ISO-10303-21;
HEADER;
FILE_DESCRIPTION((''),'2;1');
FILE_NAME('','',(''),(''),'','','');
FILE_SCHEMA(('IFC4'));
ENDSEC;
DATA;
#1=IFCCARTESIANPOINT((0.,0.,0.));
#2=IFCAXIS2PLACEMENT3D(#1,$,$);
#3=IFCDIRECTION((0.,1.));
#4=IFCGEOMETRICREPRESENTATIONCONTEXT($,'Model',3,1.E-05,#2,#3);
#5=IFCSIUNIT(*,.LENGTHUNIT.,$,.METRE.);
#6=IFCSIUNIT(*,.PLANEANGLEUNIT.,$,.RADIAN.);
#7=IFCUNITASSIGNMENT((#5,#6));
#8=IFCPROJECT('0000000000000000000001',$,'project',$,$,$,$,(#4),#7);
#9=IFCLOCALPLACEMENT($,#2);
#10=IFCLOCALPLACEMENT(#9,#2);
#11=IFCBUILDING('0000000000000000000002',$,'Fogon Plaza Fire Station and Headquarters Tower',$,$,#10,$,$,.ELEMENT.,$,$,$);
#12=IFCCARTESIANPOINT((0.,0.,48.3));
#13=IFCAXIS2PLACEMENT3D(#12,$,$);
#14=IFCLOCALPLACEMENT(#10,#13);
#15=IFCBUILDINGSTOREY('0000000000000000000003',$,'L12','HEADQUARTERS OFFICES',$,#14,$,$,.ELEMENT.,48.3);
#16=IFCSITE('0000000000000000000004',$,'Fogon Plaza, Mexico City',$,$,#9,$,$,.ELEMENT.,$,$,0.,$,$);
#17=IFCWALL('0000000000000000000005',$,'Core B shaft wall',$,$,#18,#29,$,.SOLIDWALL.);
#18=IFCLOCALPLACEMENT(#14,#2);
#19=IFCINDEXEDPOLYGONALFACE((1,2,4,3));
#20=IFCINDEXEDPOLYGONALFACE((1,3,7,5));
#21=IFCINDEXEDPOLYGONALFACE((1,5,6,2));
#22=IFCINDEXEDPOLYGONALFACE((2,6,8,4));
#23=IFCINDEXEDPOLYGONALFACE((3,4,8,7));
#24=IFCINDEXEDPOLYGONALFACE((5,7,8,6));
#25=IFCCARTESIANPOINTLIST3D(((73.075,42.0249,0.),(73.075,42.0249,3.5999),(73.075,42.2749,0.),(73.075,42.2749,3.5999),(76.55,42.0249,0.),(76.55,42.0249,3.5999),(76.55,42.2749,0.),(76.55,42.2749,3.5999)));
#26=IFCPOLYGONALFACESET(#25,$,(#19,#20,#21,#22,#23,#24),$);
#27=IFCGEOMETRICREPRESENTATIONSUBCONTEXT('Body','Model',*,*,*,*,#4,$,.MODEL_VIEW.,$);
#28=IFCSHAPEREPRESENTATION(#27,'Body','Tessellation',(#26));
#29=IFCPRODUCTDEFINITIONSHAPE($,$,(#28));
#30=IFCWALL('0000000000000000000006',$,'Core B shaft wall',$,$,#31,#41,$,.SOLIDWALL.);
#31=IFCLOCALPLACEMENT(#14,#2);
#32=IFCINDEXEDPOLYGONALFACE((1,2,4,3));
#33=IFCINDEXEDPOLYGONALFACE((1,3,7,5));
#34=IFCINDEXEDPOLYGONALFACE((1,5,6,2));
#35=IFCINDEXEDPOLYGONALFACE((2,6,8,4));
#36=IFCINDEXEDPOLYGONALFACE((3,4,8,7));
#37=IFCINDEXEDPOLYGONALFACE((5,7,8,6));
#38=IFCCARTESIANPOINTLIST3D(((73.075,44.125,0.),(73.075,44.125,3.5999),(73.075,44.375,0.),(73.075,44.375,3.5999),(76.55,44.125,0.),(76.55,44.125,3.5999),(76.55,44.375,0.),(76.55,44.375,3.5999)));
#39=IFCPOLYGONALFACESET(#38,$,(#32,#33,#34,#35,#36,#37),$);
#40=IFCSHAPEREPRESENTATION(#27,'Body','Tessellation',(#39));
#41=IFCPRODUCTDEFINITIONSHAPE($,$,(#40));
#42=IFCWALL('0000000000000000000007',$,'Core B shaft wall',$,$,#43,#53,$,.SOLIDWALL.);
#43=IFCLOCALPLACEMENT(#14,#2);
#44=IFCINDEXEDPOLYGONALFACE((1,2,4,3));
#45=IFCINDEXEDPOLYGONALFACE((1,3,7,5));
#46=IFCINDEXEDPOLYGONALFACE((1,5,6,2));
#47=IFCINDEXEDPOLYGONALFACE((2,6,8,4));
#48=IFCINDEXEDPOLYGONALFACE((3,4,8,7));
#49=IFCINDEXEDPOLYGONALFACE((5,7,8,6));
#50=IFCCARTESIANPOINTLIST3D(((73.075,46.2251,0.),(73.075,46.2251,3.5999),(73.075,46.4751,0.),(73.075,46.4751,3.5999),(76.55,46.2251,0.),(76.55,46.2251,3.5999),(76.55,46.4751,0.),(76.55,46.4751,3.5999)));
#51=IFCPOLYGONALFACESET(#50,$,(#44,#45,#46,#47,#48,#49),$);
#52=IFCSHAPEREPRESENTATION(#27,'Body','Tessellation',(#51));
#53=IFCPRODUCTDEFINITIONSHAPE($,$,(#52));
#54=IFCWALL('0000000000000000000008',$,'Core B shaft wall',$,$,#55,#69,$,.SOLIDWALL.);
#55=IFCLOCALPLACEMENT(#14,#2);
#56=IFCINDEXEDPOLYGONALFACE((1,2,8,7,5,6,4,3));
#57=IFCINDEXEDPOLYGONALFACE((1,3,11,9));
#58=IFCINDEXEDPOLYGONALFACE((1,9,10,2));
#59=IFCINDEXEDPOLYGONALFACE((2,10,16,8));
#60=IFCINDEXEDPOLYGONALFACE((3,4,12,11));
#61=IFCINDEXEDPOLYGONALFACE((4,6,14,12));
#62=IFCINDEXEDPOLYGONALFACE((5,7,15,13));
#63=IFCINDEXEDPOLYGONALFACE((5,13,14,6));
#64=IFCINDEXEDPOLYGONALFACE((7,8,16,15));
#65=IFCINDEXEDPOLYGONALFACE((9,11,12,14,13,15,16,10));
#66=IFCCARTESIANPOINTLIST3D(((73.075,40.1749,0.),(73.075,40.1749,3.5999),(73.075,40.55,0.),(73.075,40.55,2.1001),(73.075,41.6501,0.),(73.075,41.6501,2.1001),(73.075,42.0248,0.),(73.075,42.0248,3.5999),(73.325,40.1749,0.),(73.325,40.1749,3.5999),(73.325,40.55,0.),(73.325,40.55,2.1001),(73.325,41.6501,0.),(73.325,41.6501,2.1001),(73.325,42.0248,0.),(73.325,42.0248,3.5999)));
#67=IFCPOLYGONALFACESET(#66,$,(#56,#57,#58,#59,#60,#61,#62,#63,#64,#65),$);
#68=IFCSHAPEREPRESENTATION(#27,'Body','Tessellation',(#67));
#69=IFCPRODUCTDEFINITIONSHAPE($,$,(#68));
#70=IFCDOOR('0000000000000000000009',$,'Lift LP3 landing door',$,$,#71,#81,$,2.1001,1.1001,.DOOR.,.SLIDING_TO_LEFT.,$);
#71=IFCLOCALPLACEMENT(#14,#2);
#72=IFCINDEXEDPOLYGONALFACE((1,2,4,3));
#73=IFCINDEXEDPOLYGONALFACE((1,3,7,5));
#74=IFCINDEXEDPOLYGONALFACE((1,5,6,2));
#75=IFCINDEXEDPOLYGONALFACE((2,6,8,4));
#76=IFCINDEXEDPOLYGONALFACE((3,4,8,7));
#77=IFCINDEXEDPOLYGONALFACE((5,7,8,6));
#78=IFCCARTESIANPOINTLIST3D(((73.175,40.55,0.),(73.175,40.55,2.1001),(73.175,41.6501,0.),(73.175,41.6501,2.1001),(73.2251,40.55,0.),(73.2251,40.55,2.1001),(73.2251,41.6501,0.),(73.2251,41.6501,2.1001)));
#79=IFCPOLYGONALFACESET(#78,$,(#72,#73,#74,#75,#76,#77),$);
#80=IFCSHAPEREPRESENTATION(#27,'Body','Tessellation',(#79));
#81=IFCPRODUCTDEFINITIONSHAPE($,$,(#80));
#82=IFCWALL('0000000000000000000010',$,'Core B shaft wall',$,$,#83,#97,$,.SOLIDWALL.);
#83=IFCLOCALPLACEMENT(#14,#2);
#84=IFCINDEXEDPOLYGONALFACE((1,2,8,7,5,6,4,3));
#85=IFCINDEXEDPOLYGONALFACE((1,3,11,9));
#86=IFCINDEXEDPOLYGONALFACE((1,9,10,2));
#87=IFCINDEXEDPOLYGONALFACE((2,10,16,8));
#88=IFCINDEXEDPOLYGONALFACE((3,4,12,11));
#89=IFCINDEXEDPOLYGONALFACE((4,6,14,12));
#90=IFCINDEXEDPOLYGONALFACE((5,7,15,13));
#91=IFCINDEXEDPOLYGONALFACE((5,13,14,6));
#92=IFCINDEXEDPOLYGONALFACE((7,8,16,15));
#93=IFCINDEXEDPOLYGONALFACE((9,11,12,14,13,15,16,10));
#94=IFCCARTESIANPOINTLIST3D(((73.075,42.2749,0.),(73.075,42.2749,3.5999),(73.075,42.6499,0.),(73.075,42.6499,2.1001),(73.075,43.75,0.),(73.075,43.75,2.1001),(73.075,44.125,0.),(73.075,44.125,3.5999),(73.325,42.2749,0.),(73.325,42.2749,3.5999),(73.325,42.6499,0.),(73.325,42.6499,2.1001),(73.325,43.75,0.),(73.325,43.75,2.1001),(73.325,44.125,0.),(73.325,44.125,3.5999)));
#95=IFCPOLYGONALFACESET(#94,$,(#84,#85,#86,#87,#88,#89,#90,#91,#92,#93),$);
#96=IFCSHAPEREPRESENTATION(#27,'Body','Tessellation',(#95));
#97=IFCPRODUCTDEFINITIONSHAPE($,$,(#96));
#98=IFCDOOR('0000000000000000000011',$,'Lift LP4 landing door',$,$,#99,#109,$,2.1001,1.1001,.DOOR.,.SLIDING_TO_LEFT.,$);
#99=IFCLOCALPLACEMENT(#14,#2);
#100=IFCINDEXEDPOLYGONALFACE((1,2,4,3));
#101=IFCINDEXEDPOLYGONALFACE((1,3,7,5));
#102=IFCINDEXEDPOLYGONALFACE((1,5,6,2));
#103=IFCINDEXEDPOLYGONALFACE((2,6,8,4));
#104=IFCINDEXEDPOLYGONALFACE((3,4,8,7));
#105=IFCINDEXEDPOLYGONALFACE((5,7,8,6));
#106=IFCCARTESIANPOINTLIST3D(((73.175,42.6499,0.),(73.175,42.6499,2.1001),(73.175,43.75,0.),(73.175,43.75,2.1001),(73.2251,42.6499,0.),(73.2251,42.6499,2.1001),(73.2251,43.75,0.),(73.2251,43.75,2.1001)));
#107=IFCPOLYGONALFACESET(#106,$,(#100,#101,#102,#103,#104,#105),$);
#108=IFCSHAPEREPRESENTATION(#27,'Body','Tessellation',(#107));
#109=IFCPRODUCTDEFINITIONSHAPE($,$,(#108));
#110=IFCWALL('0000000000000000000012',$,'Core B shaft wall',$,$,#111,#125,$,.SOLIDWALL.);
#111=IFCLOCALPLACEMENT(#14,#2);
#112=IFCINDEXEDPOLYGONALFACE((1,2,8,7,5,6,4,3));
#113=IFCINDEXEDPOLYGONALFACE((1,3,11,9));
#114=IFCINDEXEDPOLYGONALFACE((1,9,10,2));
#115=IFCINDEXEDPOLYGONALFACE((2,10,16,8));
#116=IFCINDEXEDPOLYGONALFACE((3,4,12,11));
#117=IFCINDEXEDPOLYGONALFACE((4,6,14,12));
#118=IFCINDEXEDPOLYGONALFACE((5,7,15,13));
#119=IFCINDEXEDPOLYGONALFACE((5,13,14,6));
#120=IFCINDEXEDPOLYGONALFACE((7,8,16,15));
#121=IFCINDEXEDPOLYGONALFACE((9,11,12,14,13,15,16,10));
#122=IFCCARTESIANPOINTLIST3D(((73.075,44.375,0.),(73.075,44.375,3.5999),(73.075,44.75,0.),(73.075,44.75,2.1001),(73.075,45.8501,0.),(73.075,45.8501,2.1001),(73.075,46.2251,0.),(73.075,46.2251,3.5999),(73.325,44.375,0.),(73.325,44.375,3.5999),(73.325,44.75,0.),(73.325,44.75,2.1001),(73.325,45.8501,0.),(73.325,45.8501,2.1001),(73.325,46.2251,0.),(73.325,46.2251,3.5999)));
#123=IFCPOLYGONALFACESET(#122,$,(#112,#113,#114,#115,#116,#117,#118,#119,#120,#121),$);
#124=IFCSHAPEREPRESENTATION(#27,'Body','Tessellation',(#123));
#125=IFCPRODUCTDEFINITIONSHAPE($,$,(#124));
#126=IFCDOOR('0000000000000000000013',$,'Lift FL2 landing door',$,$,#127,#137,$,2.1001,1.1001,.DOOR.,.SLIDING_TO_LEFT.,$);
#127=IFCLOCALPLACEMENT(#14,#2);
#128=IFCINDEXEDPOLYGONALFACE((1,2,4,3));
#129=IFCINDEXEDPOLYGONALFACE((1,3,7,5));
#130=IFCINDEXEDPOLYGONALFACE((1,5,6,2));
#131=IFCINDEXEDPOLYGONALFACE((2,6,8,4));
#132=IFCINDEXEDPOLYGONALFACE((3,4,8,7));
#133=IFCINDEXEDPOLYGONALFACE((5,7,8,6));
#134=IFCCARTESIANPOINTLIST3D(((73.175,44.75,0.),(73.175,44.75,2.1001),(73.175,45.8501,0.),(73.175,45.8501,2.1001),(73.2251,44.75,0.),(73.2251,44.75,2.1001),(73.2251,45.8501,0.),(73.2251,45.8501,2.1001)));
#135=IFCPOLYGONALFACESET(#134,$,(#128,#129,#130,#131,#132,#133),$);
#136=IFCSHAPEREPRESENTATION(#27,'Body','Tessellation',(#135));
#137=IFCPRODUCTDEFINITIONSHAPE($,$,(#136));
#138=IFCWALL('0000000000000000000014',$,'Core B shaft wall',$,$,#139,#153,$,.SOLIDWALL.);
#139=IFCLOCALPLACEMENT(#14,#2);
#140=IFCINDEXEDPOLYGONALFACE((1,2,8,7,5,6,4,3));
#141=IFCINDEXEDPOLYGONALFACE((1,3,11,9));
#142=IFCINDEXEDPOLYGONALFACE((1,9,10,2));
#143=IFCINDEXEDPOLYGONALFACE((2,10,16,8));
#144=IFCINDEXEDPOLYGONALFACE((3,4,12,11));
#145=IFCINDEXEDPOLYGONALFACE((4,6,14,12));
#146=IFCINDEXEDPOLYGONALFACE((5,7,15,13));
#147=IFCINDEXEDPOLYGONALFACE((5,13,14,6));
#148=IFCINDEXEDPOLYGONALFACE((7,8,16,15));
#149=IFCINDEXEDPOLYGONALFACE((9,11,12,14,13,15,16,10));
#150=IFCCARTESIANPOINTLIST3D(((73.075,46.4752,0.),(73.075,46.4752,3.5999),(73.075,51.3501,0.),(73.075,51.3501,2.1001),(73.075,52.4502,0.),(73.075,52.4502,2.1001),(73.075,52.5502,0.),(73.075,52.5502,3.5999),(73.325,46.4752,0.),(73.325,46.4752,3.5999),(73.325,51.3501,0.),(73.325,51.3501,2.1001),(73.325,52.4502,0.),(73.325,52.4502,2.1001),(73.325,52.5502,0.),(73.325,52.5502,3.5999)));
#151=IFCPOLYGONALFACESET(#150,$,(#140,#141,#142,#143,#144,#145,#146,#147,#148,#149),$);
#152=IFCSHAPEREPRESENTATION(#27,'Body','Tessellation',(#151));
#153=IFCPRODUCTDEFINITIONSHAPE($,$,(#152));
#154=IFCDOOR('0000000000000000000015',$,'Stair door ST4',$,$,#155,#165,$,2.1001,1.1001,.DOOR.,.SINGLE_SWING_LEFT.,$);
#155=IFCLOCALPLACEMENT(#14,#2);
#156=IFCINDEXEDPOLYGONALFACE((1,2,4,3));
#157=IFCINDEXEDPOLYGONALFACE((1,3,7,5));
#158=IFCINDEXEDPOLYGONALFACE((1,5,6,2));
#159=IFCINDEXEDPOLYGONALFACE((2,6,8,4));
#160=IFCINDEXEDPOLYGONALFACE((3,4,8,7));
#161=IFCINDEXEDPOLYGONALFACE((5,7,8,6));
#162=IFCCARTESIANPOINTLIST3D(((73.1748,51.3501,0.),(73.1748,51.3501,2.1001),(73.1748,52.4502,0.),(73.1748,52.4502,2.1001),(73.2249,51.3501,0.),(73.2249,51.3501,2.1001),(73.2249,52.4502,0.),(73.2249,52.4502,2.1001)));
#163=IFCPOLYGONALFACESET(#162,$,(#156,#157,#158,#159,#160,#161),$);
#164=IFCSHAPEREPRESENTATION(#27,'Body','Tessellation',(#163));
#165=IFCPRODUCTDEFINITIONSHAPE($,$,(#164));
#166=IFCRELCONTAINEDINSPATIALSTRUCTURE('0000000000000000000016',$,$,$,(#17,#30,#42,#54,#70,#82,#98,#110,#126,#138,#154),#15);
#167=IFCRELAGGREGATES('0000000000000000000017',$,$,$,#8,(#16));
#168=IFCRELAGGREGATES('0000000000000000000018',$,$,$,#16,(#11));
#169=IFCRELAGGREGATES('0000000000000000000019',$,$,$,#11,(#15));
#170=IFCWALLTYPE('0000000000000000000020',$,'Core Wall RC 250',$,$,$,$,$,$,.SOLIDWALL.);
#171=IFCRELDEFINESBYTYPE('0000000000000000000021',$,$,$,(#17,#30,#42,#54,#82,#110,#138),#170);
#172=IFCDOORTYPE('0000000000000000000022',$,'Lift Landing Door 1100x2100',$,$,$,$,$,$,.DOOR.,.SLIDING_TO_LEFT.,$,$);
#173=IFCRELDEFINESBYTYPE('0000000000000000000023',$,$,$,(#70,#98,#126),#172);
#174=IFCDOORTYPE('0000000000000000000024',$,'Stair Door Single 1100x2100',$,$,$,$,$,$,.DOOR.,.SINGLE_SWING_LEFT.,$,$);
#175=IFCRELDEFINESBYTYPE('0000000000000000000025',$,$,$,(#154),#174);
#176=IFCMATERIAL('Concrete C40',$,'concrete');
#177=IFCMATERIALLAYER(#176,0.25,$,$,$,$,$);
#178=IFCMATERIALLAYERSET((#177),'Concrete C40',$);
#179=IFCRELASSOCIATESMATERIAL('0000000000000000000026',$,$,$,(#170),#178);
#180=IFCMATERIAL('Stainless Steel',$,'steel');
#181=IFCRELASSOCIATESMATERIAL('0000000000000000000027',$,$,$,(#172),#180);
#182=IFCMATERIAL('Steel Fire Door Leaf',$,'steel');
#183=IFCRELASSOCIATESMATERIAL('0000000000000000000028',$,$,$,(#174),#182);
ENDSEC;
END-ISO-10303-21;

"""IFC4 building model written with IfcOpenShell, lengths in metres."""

from ifc_helpers import new_model, si_unit, direction, frame, frame_2d, origin, place, context, subcontext, project, spatial, rectangle, extrude, material, layer, layer_set, type_object, element, fill, save


model = new_model("IFC4")

# Units and contexts
model_context = context("Model", 3, precision=1e-05, world=origin(), true_north=direction((0.0, 1.0)))
body_context = subcontext(model_context, "Body", "Model", "MODEL_VIEW")
ifc_project = project(units=[si_unit("LENGTHUNIT", "METRE"), si_unit("PLANEANGLEUNIT", "RADIAN")], contexts=[model_context])

# Site, building, storey
site_placement = place(None, origin())
site = spatial("IfcSite", under=ifc_project, at=site_placement, Name="Fogon Plaza, Mexico City", CompositionType="ELEMENT", RefElevation=0.0)
building_placement = place(site_placement, origin())
building = spatial("IfcBuilding", under=site, at=building_placement, Name="Fogon Plaza Fire Station and Headquarters Tower", CompositionType="ELEMENT")
storey_placement = place(building_placement, frame((0.0, 0.0, 48.3)))
storey = spatial("IfcBuildingStorey", under=building, at=storey_placement, Name="L12", Description="HEADQUARTERS OFFICES", CompositionType="ELEMENT", Elevation=48.3)

# Walls
ifc_material_1 = material(Name="Concrete C40", Category="concrete")
ifc_layer_1 = layer(ifc_material_1, 0.25)
ifc_layer_set_1 = layer_set([ifc_layer_1], Name="Concrete C40")
wall_type_1 = type_object("IfcWallType", Name="Core Wall RC 250", PredefinedType="SOLIDWALL", material=ifc_layer_set_1)
for number, where, z_axis, x_axis, name in (
    (1, (76.55, 42.1499, 0.0), (0.0, 0.0, 1.0), (-1.0, 0.0, 0.0), "Core B shaft wall"),
    (2, (76.55, 44.25, 0.0), (0.0, 0.0, 1.0), (-1.0, 0.0, 0.0), "Core B shaft wall"),
    (3, (76.55, 46.3501, 0.0), (0.0, 0.0, 1.0), (-1.0, 0.0, 0.0), "Core B shaft wall"),
):
    element("IfcWall", number, at=place(storey_placement, frame(where, z_axis=z_axis, x_axis=x_axis)), inside=storey, type_object=wall_type_1, Name=name, PredefinedType="SOLIDWALL", context=body_context, shape_type="SweptSolid", body=[
        extrude(rectangle(XDim=3.4751, YDim=0.25, at=frame_2d((1.7375, 0.0))), origin(), (0.0, 0.0, 1.0), 3.5999),
    ])

# Walls, openings, doors
wall_1_placement = place(storey_placement, frame((73.2, 40.175, 0.0), z_axis=(0.0, 0.0, 1.0), x_axis=(0.0, 1.0, 0.0)))
wall_1 = element("IfcWall", 4, at=wall_1_placement, inside=storey, type_object=wall_type_1, Name="Core B shaft wall", PredefinedType="SOLIDWALL", context=body_context, shape_type="SweptSolid", body=[
    extrude(rectangle(XDim=1.8499, YDim=0.25, at=frame_2d((0.9248, 0.0))), origin(), (0.0, 0.0, 1.0), 3.5999),
])
opening_1_placement = place(wall_1_placement, frame((0.375, 0.0, 0.0)))
opening_1 = element("IfcOpeningElement", 5, at=opening_1_placement, cuts=wall_1, PredefinedType="OPENING", context=body_context, shape_type="SweptSolid", body=[
    extrude(rectangle(XDim=1.1001, YDim=2.1001, at=frame_2d((0.55, 1.05))), frame((0.0, 0.135, 0.0), z_axis=(0.0, -1.0, 0.0), x_axis=(1.0, 0.0, 0.0)), (0.0, 0.0, 1.0), 0.27),
])
ifc_material_2 = material(Name="Stainless Steel", Category="steel")
door_type_1 = type_object("IfcDoorType", Name="Lift Landing Door 1100x2100", OperationType="SLIDING_TO_LEFT", PredefinedType="DOOR", material=ifc_material_2)
door_1_placement = place(opening_1_placement, origin())
door_1 = element("IfcDoor", 6, at=door_1_placement, inside=storey, type_object=door_type_1, Name="Lift LP3 landing door", OperationType="SLIDING_TO_LEFT", OverallHeight=2.1001, OverallWidth=1.1001, PredefinedType="DOOR", context=body_context, shape_type="SweptSolid", body=[
    extrude(rectangle(XDim=1.1001, YDim=2.1001, at=frame_2d((0.55, 1.05))), frame((0.0, 0.0249, 0.0), z_axis=(0.0, -1.0, 0.0), x_axis=(1.0, 0.0, 0.0)), (0.0, 0.0, 1.0), 0.05),
])
fill(opening_1, door_1)
wall_2_placement = place(storey_placement, frame((73.2, 42.2749, 0.0), z_axis=(0.0, 0.0, 1.0), x_axis=(0.0, 1.0, 0.0)))
wall_2 = element("IfcWall", 7, at=wall_2_placement, inside=storey, type_object=wall_type_1, Name="Core B shaft wall", PredefinedType="SOLIDWALL", context=body_context, shape_type="SweptSolid", body=[
    extrude(rectangle(XDim=1.8501, YDim=0.25, at=frame_2d((0.925, 0.0))), origin(), (0.0, 0.0, 1.0), 3.5999),
])
opening_2_placement = place(wall_2_placement, frame((0.375, 0.0, 0.0)))
opening_2 = element("IfcOpeningElement", 8, at=opening_2_placement, cuts=wall_2, PredefinedType="OPENING", context=body_context, shape_type="SweptSolid", body=[
    extrude(rectangle(XDim=1.1001, YDim=2.1001, at=frame_2d((0.55, 1.05))), frame((0.0, 0.135, 0.0), z_axis=(0.0, -1.0, 0.0), x_axis=(1.0, 0.0, 0.0)), (0.0, 0.0, 1.0), 0.27),
])
door_2_placement = place(opening_2_placement, origin())
door_2 = element("IfcDoor", 9, at=door_2_placement, inside=storey, type_object=door_type_1, Name="Lift LP4 landing door", OperationType="SLIDING_TO_LEFT", OverallHeight=2.1001, OverallWidth=1.1001, PredefinedType="DOOR", context=body_context, shape_type="SweptSolid", body=[
    extrude(rectangle(XDim=1.1001, YDim=2.1001, at=frame_2d((0.55, 1.05))), frame((0.0, 0.0249, 0.0), z_axis=(0.0, -1.0, 0.0), x_axis=(1.0, 0.0, 0.0)), (0.0, 0.0, 1.0), 0.05),
])
fill(opening_2, door_2)
wall_3_placement = place(storey_placement, frame((73.2, 44.375, 0.0), z_axis=(0.0, 0.0, 1.0), x_axis=(0.0, 1.0, 0.0)))
wall_3 = element("IfcWall", 10, at=wall_3_placement, inside=storey, type_object=wall_type_1, Name="Core B shaft wall", PredefinedType="SOLIDWALL", context=body_context, shape_type="SweptSolid", body=[
    extrude(rectangle(XDim=1.8501, YDim=0.25, at=frame_2d((0.925, 0.0))), origin(), (0.0, 0.0, 1.0), 3.5999),
])
opening_3_placement = place(wall_3_placement, frame((0.375, 0.0, 0.0)))
opening_3 = element("IfcOpeningElement", 11, at=opening_3_placement, cuts=wall_3, PredefinedType="OPENING", context=body_context, shape_type="SweptSolid", body=[
    extrude(rectangle(XDim=1.1001, YDim=2.1001, at=frame_2d((0.55, 1.05))), frame((0.0, 0.135, 0.0), z_axis=(0.0, -1.0, 0.0), x_axis=(1.0, 0.0, 0.0)), (0.0, 0.0, 1.0), 0.27),
])
door_3_placement = place(opening_3_placement, origin())
door_3 = element("IfcDoor", 12, at=door_3_placement, inside=storey, type_object=door_type_1, Name="Lift FL2 landing door", OperationType="SLIDING_TO_LEFT", OverallHeight=2.1001, OverallWidth=1.1001, PredefinedType="DOOR", context=body_context, shape_type="SweptSolid", body=[
    extrude(rectangle(XDim=1.1001, YDim=2.1001, at=frame_2d((0.55, 1.05))), frame((0.0, 0.0249, 0.0), z_axis=(0.0, -1.0, 0.0), x_axis=(1.0, 0.0, 0.0)), (0.0, 0.0, 1.0), 0.05),
])
fill(opening_3, door_3)
wall_4_placement = place(storey_placement, frame((73.2, 46.4751, 0.0), z_axis=(0.0, 0.0, 1.0), x_axis=(0.0, 1.0, 0.0)))
wall_4 = element("IfcWall", 13, at=wall_4_placement, inside=storey, type_object=wall_type_1, Name="Core B shaft wall", PredefinedType="SOLIDWALL", context=body_context, shape_type="SweptSolid", body=[
    extrude(rectangle(XDim=6.075, YDim=0.25, at=frame_2d((3.0376, 0.0))), origin(), (0.0, 0.0, 1.0), 3.5999),
])
opening_4_placement = place(wall_4_placement, frame((4.875, 0.0, 0.0)))
opening_4 = element("IfcOpeningElement", 14, at=opening_4_placement, cuts=wall_4, PredefinedType="OPENING", context=body_context, shape_type="SweptSolid", body=[
    extrude(rectangle(XDim=1.1001, YDim=2.1001, at=frame_2d((0.55, 1.05))), frame((0.0, 0.135, 0.0), z_axis=(0.0, -1.0, 0.0), x_axis=(1.0, 0.0, 0.0)), (0.0, 0.0, 1.0), 0.27),
])
ifc_material_3 = material(Name="Steel Fire Door Leaf", Category="steel")
door_type_2 = type_object("IfcDoorType", Name="Stair Door Single 1100x2100", OperationType="SINGLE_SWING_LEFT", PredefinedType="DOOR", material=ifc_material_3)
door_4_placement = place(opening_4_placement, frame((1.1001, 0.0, 0.0), z_axis=(0.0, 0.0, 1.0), x_axis=(-1.0, 0.0, 0.0)))
door_4 = element("IfcDoor", 15, at=door_4_placement, inside=storey, type_object=door_type_2, Name="Stair door ST4", OperationType="SINGLE_SWING_LEFT", OverallHeight=2.1001, OverallWidth=1.1001, PredefinedType="DOOR", context=body_context, shape_type="SweptSolid", body=[
    extrude(rectangle(XDim=1.1001, YDim=2.1001, at=frame_2d((0.55, 1.05))), frame((0.0, 0.0249, 0.0), z_axis=(0.0, -1.0, 0.0), x_axis=(1.0, 0.0, 0.0)), (0.0, 0.0, 1.0), 0.05),
])
fill(opening_4, door_4)

save(model, "model.ifc")
